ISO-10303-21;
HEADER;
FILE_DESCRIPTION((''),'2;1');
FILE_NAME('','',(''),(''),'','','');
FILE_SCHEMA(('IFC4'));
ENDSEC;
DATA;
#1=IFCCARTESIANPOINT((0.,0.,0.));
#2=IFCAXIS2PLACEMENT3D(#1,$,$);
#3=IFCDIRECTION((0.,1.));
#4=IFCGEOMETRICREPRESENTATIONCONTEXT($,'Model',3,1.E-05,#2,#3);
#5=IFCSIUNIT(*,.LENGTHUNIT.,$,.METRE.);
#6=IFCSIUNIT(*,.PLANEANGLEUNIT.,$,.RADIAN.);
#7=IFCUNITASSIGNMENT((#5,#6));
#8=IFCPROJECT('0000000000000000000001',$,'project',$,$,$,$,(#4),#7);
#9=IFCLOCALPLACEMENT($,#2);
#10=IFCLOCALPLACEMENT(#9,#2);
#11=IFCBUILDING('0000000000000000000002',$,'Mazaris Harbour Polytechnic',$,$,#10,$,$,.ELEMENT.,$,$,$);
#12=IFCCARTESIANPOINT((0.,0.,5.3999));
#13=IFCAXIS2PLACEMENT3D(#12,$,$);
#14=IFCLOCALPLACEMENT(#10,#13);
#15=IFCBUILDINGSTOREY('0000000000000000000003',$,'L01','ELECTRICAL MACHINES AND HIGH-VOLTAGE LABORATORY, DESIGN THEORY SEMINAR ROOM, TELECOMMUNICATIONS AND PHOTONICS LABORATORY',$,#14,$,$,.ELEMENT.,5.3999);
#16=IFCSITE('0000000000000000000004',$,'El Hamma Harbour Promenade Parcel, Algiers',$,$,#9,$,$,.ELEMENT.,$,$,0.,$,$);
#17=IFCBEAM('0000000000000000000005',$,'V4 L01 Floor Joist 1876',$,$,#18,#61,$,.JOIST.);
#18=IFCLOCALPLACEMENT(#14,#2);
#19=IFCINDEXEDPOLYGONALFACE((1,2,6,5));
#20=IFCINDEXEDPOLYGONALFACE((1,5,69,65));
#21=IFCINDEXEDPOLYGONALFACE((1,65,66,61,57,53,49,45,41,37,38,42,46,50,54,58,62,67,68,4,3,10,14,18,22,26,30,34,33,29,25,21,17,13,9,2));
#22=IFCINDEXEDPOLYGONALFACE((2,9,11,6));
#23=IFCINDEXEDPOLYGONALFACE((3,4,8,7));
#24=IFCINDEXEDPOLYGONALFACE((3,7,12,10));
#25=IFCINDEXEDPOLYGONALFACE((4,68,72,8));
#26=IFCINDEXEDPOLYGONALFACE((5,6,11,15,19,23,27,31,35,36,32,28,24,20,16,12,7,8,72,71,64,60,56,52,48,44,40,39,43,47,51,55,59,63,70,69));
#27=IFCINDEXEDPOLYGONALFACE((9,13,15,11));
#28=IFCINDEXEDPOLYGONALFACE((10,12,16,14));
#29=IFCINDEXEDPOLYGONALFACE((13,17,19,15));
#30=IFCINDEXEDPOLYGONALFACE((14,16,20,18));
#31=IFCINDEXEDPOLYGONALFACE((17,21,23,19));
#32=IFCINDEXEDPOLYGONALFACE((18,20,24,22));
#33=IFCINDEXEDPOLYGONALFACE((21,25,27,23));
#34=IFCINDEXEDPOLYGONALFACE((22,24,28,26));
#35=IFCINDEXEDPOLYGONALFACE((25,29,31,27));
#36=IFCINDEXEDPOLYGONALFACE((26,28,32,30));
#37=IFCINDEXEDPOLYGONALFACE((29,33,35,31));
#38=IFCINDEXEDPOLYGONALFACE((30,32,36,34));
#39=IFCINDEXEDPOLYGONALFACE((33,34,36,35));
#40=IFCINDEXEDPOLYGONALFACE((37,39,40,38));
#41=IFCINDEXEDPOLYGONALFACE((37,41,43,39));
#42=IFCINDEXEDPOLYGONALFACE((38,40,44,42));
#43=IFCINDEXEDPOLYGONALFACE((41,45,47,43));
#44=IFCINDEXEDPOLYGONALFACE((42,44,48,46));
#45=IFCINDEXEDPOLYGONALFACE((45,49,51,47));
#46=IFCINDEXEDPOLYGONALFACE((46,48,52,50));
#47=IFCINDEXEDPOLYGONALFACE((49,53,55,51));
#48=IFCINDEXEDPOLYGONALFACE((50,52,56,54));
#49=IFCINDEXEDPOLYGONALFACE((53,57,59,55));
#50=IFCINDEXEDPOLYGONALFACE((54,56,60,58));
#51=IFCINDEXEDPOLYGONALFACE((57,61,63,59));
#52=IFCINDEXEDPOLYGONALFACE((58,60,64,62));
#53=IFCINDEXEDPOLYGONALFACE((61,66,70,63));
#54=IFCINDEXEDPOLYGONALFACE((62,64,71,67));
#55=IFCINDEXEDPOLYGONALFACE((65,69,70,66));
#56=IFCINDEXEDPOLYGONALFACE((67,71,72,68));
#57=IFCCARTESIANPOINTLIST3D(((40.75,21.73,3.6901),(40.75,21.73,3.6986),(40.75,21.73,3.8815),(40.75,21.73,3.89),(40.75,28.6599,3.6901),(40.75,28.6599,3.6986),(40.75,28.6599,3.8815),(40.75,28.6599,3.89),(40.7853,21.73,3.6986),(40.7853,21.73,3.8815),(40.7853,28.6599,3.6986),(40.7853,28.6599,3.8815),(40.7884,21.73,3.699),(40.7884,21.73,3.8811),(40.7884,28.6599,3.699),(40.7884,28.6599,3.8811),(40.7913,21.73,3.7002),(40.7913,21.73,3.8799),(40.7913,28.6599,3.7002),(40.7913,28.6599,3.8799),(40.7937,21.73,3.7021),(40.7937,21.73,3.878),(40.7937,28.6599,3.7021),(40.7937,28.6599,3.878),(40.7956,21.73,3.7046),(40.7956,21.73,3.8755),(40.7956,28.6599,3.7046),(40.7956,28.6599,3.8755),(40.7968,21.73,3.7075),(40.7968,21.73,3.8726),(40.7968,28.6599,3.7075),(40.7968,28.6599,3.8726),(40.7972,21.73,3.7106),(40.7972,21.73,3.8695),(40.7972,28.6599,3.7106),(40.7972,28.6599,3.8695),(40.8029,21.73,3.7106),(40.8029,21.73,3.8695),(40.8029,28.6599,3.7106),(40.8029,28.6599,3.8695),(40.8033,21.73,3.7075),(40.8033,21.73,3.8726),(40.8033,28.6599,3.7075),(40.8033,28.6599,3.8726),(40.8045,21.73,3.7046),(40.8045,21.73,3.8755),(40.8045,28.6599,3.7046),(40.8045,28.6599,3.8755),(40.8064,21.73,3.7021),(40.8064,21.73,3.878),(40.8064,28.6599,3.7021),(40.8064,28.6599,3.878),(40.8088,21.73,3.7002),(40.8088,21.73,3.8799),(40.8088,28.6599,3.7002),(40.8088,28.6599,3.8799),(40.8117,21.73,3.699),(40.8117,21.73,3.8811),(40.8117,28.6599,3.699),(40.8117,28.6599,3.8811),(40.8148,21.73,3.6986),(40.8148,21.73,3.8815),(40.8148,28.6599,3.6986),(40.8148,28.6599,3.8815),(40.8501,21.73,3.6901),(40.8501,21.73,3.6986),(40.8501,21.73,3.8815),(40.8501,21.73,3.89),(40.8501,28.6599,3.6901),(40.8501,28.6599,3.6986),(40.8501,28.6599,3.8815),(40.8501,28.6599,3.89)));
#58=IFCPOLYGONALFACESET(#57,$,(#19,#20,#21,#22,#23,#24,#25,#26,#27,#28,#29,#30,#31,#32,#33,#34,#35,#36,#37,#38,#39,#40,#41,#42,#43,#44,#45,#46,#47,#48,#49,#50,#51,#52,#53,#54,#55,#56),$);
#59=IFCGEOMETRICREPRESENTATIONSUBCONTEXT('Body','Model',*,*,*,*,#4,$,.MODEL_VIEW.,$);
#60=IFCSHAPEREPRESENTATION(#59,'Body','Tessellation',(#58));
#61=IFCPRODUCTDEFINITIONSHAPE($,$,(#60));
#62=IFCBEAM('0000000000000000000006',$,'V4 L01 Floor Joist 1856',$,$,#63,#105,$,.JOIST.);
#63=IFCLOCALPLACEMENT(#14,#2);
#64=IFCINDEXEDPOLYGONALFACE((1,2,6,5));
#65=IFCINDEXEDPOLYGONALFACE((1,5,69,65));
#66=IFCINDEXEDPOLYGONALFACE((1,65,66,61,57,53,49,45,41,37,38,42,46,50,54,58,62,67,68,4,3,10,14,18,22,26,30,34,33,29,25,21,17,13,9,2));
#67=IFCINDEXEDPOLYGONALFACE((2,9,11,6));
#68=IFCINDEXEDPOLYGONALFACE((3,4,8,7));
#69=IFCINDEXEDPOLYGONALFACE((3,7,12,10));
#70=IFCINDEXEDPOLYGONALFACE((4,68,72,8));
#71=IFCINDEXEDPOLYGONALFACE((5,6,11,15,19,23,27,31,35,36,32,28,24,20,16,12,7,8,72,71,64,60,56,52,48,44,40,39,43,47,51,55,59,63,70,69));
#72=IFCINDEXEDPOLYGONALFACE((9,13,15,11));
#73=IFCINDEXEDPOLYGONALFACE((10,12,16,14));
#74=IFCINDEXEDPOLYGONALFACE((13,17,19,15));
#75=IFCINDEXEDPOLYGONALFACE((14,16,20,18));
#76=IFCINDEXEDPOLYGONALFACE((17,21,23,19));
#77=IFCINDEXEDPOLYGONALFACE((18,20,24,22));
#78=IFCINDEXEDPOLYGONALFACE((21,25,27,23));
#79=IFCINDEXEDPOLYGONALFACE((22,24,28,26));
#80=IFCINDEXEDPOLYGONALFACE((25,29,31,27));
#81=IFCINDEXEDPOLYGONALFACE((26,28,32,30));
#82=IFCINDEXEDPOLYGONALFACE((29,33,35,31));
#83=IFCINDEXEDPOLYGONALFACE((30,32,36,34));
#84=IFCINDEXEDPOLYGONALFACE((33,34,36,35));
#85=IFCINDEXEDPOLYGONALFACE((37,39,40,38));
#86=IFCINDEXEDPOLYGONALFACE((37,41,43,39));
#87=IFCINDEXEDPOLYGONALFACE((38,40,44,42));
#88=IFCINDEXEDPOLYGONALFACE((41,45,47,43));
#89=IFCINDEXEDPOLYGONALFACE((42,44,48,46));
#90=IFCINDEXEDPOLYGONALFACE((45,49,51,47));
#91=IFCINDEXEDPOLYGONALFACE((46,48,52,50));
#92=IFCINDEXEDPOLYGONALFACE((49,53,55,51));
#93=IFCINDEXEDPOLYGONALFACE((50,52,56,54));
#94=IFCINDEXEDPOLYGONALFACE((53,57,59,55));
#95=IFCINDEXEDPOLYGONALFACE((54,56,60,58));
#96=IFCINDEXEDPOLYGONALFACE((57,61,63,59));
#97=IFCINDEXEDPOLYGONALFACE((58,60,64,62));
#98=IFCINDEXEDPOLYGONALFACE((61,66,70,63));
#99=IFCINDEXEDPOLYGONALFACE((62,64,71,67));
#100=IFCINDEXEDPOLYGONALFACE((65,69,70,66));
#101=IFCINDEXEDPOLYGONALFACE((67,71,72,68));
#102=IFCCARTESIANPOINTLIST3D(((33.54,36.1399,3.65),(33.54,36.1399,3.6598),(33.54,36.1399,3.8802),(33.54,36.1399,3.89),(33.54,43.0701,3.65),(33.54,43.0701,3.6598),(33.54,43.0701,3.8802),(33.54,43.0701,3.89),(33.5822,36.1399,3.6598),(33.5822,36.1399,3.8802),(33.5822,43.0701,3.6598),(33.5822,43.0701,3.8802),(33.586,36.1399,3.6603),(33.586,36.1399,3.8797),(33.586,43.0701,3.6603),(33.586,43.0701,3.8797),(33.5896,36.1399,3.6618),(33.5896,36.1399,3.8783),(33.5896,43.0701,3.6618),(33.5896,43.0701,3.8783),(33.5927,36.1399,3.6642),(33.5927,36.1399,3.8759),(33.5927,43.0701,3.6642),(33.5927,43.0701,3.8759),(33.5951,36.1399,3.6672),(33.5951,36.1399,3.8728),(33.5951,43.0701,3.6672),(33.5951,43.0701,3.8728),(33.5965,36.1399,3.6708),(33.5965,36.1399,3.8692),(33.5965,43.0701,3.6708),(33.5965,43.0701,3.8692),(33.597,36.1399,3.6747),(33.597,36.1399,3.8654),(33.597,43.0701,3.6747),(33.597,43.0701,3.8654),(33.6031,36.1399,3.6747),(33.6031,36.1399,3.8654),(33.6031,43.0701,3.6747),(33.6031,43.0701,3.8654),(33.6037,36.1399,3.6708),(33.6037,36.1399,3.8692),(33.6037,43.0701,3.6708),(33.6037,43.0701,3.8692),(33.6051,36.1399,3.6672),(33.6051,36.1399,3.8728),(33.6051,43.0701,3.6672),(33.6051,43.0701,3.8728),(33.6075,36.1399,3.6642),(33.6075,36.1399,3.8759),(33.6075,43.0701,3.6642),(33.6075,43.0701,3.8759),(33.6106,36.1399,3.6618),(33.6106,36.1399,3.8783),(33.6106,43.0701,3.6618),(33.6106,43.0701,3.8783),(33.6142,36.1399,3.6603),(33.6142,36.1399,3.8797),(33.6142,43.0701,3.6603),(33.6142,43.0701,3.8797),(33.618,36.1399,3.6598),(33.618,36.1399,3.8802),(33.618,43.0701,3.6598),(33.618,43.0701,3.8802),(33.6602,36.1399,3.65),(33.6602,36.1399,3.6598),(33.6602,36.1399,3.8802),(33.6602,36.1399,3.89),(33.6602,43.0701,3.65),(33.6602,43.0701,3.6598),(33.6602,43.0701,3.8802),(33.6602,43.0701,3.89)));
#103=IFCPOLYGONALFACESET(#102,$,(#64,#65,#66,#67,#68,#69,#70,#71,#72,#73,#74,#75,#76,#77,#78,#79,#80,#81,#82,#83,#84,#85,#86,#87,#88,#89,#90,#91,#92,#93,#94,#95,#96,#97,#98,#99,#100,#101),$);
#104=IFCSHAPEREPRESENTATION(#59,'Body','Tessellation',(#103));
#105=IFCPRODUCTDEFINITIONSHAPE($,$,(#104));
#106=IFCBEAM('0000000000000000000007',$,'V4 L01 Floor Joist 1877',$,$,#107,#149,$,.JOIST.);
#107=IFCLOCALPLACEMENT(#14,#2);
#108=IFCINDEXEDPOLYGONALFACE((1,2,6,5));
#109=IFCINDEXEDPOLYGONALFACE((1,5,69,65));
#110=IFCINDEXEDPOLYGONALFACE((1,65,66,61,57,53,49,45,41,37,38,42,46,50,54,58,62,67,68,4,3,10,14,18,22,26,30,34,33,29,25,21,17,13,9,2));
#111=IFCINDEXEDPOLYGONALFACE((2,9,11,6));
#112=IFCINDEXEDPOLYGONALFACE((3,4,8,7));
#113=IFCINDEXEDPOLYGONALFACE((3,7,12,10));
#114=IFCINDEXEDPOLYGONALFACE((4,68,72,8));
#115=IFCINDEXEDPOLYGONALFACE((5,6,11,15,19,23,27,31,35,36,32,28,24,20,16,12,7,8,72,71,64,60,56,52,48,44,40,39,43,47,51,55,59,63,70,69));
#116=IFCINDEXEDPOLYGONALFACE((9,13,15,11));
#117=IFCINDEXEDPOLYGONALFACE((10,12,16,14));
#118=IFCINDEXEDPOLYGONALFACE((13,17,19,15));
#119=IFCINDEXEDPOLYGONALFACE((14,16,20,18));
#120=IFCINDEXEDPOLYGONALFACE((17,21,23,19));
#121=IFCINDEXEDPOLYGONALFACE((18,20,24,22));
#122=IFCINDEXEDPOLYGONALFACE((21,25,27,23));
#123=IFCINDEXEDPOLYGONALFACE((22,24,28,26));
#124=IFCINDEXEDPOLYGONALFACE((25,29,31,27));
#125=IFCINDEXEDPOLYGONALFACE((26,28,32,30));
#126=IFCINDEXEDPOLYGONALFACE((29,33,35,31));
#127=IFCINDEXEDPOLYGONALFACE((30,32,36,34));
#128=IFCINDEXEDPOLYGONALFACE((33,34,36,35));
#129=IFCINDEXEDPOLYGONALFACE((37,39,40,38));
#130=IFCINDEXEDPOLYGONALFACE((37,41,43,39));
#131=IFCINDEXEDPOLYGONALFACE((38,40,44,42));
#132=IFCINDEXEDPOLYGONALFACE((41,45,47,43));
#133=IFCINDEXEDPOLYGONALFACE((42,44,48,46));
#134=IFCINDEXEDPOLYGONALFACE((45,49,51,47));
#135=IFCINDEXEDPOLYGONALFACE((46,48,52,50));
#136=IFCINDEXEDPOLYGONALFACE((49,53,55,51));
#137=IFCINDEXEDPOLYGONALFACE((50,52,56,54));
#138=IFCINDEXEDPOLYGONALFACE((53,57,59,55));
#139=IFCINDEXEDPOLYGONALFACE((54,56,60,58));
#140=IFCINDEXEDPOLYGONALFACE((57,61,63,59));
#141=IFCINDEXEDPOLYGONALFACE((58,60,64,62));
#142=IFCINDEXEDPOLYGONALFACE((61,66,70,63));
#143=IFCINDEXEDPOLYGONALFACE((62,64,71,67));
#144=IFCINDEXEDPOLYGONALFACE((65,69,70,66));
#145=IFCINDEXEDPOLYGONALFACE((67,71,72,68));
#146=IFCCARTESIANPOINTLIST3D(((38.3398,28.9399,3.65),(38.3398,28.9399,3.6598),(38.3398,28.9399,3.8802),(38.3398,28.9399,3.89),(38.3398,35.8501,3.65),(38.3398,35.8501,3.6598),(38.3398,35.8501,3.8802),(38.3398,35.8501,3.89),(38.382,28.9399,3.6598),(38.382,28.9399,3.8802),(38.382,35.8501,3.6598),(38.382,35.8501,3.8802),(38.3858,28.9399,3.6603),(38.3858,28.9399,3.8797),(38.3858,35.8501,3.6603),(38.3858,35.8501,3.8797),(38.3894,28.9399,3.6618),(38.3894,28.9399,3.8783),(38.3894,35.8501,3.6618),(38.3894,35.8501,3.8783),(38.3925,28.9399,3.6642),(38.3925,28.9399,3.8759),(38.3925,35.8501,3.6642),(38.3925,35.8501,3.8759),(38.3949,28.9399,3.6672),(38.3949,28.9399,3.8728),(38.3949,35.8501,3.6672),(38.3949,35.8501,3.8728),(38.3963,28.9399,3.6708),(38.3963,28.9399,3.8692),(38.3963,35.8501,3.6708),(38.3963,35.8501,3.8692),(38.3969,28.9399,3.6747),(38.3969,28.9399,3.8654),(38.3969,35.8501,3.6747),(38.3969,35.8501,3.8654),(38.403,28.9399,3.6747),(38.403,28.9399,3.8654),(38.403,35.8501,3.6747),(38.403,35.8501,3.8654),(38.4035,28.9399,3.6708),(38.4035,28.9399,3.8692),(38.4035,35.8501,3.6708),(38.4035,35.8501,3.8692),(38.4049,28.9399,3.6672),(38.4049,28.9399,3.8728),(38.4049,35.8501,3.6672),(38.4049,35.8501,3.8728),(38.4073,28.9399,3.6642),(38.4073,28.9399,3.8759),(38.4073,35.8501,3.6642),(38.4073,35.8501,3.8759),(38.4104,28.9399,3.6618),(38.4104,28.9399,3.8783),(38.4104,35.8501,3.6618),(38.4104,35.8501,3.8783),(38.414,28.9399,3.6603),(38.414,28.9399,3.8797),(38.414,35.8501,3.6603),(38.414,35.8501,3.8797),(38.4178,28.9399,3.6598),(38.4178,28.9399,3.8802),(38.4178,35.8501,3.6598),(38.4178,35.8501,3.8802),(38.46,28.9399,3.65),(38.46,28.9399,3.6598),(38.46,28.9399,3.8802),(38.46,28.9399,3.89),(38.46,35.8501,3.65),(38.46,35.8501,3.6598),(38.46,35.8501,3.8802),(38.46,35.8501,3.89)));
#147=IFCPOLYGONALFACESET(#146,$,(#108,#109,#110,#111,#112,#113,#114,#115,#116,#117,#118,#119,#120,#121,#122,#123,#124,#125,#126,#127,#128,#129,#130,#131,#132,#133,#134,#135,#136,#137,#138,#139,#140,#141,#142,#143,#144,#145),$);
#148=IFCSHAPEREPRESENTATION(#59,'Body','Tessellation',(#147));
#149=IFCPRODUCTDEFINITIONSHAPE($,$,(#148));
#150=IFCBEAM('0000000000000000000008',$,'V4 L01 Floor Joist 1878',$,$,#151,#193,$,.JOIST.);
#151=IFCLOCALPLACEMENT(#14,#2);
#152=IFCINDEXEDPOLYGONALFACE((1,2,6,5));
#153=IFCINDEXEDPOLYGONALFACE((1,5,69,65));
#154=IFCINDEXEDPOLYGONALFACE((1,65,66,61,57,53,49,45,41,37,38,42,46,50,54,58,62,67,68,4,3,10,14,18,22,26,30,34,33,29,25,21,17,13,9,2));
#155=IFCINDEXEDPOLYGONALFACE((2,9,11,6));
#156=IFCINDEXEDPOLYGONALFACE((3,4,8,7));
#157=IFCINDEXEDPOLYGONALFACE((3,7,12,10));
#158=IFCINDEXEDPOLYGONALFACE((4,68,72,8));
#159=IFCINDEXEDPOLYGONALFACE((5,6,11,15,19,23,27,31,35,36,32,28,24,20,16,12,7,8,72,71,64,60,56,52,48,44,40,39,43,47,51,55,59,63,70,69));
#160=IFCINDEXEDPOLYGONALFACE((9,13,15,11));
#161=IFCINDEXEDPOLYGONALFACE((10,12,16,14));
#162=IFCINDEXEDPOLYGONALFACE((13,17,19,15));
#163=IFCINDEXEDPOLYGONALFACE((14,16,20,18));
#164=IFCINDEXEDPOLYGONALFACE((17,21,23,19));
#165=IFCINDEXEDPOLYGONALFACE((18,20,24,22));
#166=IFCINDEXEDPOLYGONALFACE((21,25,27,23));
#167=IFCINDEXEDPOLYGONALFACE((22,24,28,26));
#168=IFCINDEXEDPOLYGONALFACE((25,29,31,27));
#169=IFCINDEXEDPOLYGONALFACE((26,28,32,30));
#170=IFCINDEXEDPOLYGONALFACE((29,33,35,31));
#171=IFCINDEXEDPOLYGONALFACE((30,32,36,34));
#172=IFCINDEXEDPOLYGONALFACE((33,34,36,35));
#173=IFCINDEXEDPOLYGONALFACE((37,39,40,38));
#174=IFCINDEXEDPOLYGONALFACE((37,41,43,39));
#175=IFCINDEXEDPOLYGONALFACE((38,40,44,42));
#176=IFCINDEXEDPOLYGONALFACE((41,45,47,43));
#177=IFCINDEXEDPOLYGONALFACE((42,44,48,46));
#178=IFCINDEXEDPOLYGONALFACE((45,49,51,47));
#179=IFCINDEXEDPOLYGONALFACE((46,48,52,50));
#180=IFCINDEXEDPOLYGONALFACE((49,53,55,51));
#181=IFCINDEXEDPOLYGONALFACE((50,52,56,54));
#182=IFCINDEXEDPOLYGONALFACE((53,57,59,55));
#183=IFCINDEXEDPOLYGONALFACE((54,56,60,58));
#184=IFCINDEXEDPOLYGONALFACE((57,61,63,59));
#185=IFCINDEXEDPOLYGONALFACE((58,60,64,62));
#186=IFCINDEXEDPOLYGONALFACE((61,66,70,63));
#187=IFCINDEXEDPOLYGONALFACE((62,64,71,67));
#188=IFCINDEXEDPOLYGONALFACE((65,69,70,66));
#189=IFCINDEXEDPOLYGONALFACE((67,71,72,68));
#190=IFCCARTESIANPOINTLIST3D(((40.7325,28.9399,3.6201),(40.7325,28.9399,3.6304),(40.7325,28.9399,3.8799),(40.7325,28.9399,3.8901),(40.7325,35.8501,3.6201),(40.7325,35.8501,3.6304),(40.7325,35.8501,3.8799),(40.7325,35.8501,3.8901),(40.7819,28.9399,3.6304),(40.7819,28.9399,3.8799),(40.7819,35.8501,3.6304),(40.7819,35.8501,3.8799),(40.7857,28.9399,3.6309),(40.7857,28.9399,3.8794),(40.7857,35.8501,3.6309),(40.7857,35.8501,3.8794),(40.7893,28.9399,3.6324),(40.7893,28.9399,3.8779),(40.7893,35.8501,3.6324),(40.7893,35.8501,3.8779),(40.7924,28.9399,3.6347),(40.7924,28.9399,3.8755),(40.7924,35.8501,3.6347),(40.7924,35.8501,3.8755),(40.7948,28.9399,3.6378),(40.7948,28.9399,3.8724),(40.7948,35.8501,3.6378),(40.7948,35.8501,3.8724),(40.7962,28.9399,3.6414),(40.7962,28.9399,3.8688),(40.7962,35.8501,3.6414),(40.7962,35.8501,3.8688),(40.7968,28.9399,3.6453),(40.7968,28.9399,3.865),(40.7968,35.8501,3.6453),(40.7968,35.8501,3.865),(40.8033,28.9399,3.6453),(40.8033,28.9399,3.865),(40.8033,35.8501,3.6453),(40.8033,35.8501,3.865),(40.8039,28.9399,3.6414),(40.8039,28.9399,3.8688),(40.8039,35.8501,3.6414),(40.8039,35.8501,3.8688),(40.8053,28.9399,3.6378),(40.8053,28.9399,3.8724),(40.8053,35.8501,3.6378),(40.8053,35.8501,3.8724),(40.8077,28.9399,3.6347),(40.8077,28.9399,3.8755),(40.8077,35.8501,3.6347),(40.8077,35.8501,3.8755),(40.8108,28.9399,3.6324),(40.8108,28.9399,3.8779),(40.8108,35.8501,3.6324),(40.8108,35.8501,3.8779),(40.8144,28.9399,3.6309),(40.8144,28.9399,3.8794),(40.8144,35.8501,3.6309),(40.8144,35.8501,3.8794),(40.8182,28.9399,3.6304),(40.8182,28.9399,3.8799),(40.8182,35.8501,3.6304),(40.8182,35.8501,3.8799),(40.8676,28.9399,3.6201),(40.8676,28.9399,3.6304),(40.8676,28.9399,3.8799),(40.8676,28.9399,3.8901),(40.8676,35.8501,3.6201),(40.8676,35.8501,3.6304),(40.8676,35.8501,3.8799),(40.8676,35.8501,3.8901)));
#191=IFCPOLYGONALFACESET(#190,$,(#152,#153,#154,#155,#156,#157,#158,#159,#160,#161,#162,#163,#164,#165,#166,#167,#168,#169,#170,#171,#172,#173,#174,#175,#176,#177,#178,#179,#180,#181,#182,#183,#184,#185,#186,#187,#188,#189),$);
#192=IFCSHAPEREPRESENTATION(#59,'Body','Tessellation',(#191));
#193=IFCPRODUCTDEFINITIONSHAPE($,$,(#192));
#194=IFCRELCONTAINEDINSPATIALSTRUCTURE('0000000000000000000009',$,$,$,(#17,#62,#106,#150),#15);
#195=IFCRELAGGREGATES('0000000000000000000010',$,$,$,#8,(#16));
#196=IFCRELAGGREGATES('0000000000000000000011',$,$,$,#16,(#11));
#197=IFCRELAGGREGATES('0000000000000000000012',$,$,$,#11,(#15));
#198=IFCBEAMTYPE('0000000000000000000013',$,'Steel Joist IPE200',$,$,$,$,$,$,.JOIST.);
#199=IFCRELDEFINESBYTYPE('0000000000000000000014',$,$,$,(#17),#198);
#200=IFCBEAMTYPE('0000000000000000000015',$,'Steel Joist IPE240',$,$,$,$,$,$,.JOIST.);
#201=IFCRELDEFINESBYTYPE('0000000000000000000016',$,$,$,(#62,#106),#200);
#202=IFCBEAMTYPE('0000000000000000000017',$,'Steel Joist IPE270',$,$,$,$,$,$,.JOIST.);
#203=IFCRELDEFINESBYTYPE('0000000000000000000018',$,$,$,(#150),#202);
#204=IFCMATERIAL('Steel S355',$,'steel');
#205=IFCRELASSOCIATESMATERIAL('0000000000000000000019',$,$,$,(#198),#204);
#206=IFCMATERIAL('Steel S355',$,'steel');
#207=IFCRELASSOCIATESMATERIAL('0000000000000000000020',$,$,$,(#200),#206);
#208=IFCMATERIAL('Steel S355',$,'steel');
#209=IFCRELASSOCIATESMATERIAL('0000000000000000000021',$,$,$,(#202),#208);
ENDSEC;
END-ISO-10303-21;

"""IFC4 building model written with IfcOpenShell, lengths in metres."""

from ifc_helpers import new_model, si_unit, direction, frame, origin, origin_2d, place, context, subcontext, project, spatial, i_section, extrude, material, material_profile, profile_set, type_object, element, save


model = new_model("IFC4")

# Units and contexts
model_context = context("Model", 3, precision=1e-05, world=origin(), true_north=direction((0.0, 1.0)))
body_context = subcontext(model_context, "Body", "Model", "MODEL_VIEW")
ifc_project = project(units=[si_unit("LENGTHUNIT", "METRE"), si_unit("PLANEANGLEUNIT", "RADIAN")], contexts=[model_context])

# Site, building, storey
site_placement = place(None, origin())
site = spatial("IfcSite", under=ifc_project, at=site_placement, Name="El Hamma Harbour Promenade Parcel, Algiers", CompositionType="ELEMENT", RefElevation=0.0)
building_placement = place(site_placement, origin())
building = spatial("IfcBuilding", under=site, at=building_placement, Name="Mazaris Harbour Polytechnic", CompositionType="ELEMENT")
storey_placement = place(building_placement, frame((0.0, 0.0, 5.3999)))
storey = spatial("IfcBuildingStorey", under=building, at=storey_placement, Name="L01", Description="ELECTRICAL MACHINES AND HIGH-VOLTAGE LABORATORY, DESIGN THEORY SEMINAR ROOM, TELECOMMUNICATIONS AND PHOTONICS LABORATORY", CompositionType="ELEMENT", Elevation=5.3999)

# Beams
ifc_material_1 = material(Name="Steel S355", Category="steel")
ifc_material_profile_1 = material_profile(ifc_material_1, i_section(OverallWidth=0.1001, OverallDepth=0.2, WebThickness=0.0056, FlangeThickness=0.0085, FilletRadius=0.012, at=origin_2d()), Name="IPE 200")
ifc_profile_set_1 = profile_set([ifc_material_profile_1], Name="Steel S355")
beam_type_1 = type_object("IfcBeamType", Name="Steel Joist IPE200", PredefinedType="JOIST", material=ifc_profile_set_1)
beam_1_placement = place(storey_placement, frame((40.8, 21.73, 3.79), z_axis=(0.0, 1.0, 0.0), x_axis=(-1.0, 0.0, 0.0)))
element("IfcBeam", 1, at=beam_1_placement, inside=storey, type_object=beam_type_1, Name="V4 L01 Floor Joist 1876", PredefinedType="JOIST", context=body_context, shape_type="SweptSolid", body=[
    extrude(i_section(OverallWidth=0.1001, OverallDepth=0.2, WebThickness=0.0056, FlangeThickness=0.0085, FilletRadius=0.012, at=origin_2d()), origin(), (0.0, 0.0, 1.0), 6.9299),
])
ifc_material_2 = material(Name="Steel S355", Category="steel")
ifc_material_profile_2 = material_profile(ifc_material_2, i_section(OverallWidth=0.1201, OverallDepth=0.24, WebThickness=0.0061, FlangeThickness=0.0098, FilletRadius=0.0149, at=origin_2d()), Name="IPE 240")
ifc_profile_set_2 = profile_set([ifc_material_profile_2], Name="Steel S355")
beam_type_2 = type_object("IfcBeamType", Name="Steel Joist IPE240", PredefinedType="JOIST", material=ifc_profile_set_2)
beam_2_placement = place(storey_placement, frame((33.6001, 36.1399, 3.77), z_axis=(0.0, 1.0, 0.0), x_axis=(-1.0, 0.0, 0.0)))
element("IfcBeam", 2, at=beam_2_placement, inside=storey, type_object=beam_type_2, Name="V4 L01 Floor Joist 1856", PredefinedType="JOIST", context=body_context, shape_type="SweptSolid", body=[
    extrude(i_section(OverallWidth=0.1201, OverallDepth=0.24, WebThickness=0.0061, FlangeThickness=0.0098, FilletRadius=0.0149, at=origin_2d()), origin(), (0.0, 0.0, 1.0), 6.9302),
])
beam_3_placement = place(storey_placement, frame((38.3999, 28.9399, 3.77), z_axis=(0.0, 1.0, 0.0), x_axis=(-1.0, 0.0, 0.0)))
element("IfcBeam", 3, at=beam_3_placement, inside=storey, type_object=beam_type_2, Name="V4 L01 Floor Joist 1877", PredefinedType="JOIST", context=body_context, shape_type="SweptSolid", body=[
    extrude(i_section(OverallWidth=0.1201, OverallDepth=0.24, WebThickness=0.0061, FlangeThickness=0.0098, FilletRadius=0.0149, at=origin_2d()), origin(), (0.0, 0.0, 1.0), 6.9102),
])
ifc_material_3 = material(Name="Steel S355", Category="steel")
ifc_material_profile_3 = material_profile(ifc_material_3, i_section(OverallWidth=0.135, OverallDepth=0.27, WebThickness=0.0066, FlangeThickness=0.0103, FilletRadius=0.0149, at=origin_2d()), Name="IPE 270")
ifc_profile_set_3 = profile_set([ifc_material_profile_3], Name="Steel S355")
beam_type_3 = type_object("IfcBeamType", Name="Steel Joist IPE270", PredefinedType="JOIST", material=ifc_profile_set_3)
beam_4_placement = place(storey_placement, frame((40.8, 28.9399, 3.7551), z_axis=(0.0, 1.0, 0.0), x_axis=(-1.0, 0.0, 0.0)))
element("IfcBeam", 4, at=beam_4_placement, inside=storey, type_object=beam_type_3, Name="V4 L01 Floor Joist 1878", PredefinedType="JOIST", context=body_context, shape_type="SweptSolid", body=[
    extrude(i_section(OverallWidth=0.135, OverallDepth=0.27, WebThickness=0.0066, FlangeThickness=0.0103, FilletRadius=0.0149, at=origin_2d()), origin(), (0.0, 0.0, 1.0), 6.9102),
])

save(model, "model.ifc")
